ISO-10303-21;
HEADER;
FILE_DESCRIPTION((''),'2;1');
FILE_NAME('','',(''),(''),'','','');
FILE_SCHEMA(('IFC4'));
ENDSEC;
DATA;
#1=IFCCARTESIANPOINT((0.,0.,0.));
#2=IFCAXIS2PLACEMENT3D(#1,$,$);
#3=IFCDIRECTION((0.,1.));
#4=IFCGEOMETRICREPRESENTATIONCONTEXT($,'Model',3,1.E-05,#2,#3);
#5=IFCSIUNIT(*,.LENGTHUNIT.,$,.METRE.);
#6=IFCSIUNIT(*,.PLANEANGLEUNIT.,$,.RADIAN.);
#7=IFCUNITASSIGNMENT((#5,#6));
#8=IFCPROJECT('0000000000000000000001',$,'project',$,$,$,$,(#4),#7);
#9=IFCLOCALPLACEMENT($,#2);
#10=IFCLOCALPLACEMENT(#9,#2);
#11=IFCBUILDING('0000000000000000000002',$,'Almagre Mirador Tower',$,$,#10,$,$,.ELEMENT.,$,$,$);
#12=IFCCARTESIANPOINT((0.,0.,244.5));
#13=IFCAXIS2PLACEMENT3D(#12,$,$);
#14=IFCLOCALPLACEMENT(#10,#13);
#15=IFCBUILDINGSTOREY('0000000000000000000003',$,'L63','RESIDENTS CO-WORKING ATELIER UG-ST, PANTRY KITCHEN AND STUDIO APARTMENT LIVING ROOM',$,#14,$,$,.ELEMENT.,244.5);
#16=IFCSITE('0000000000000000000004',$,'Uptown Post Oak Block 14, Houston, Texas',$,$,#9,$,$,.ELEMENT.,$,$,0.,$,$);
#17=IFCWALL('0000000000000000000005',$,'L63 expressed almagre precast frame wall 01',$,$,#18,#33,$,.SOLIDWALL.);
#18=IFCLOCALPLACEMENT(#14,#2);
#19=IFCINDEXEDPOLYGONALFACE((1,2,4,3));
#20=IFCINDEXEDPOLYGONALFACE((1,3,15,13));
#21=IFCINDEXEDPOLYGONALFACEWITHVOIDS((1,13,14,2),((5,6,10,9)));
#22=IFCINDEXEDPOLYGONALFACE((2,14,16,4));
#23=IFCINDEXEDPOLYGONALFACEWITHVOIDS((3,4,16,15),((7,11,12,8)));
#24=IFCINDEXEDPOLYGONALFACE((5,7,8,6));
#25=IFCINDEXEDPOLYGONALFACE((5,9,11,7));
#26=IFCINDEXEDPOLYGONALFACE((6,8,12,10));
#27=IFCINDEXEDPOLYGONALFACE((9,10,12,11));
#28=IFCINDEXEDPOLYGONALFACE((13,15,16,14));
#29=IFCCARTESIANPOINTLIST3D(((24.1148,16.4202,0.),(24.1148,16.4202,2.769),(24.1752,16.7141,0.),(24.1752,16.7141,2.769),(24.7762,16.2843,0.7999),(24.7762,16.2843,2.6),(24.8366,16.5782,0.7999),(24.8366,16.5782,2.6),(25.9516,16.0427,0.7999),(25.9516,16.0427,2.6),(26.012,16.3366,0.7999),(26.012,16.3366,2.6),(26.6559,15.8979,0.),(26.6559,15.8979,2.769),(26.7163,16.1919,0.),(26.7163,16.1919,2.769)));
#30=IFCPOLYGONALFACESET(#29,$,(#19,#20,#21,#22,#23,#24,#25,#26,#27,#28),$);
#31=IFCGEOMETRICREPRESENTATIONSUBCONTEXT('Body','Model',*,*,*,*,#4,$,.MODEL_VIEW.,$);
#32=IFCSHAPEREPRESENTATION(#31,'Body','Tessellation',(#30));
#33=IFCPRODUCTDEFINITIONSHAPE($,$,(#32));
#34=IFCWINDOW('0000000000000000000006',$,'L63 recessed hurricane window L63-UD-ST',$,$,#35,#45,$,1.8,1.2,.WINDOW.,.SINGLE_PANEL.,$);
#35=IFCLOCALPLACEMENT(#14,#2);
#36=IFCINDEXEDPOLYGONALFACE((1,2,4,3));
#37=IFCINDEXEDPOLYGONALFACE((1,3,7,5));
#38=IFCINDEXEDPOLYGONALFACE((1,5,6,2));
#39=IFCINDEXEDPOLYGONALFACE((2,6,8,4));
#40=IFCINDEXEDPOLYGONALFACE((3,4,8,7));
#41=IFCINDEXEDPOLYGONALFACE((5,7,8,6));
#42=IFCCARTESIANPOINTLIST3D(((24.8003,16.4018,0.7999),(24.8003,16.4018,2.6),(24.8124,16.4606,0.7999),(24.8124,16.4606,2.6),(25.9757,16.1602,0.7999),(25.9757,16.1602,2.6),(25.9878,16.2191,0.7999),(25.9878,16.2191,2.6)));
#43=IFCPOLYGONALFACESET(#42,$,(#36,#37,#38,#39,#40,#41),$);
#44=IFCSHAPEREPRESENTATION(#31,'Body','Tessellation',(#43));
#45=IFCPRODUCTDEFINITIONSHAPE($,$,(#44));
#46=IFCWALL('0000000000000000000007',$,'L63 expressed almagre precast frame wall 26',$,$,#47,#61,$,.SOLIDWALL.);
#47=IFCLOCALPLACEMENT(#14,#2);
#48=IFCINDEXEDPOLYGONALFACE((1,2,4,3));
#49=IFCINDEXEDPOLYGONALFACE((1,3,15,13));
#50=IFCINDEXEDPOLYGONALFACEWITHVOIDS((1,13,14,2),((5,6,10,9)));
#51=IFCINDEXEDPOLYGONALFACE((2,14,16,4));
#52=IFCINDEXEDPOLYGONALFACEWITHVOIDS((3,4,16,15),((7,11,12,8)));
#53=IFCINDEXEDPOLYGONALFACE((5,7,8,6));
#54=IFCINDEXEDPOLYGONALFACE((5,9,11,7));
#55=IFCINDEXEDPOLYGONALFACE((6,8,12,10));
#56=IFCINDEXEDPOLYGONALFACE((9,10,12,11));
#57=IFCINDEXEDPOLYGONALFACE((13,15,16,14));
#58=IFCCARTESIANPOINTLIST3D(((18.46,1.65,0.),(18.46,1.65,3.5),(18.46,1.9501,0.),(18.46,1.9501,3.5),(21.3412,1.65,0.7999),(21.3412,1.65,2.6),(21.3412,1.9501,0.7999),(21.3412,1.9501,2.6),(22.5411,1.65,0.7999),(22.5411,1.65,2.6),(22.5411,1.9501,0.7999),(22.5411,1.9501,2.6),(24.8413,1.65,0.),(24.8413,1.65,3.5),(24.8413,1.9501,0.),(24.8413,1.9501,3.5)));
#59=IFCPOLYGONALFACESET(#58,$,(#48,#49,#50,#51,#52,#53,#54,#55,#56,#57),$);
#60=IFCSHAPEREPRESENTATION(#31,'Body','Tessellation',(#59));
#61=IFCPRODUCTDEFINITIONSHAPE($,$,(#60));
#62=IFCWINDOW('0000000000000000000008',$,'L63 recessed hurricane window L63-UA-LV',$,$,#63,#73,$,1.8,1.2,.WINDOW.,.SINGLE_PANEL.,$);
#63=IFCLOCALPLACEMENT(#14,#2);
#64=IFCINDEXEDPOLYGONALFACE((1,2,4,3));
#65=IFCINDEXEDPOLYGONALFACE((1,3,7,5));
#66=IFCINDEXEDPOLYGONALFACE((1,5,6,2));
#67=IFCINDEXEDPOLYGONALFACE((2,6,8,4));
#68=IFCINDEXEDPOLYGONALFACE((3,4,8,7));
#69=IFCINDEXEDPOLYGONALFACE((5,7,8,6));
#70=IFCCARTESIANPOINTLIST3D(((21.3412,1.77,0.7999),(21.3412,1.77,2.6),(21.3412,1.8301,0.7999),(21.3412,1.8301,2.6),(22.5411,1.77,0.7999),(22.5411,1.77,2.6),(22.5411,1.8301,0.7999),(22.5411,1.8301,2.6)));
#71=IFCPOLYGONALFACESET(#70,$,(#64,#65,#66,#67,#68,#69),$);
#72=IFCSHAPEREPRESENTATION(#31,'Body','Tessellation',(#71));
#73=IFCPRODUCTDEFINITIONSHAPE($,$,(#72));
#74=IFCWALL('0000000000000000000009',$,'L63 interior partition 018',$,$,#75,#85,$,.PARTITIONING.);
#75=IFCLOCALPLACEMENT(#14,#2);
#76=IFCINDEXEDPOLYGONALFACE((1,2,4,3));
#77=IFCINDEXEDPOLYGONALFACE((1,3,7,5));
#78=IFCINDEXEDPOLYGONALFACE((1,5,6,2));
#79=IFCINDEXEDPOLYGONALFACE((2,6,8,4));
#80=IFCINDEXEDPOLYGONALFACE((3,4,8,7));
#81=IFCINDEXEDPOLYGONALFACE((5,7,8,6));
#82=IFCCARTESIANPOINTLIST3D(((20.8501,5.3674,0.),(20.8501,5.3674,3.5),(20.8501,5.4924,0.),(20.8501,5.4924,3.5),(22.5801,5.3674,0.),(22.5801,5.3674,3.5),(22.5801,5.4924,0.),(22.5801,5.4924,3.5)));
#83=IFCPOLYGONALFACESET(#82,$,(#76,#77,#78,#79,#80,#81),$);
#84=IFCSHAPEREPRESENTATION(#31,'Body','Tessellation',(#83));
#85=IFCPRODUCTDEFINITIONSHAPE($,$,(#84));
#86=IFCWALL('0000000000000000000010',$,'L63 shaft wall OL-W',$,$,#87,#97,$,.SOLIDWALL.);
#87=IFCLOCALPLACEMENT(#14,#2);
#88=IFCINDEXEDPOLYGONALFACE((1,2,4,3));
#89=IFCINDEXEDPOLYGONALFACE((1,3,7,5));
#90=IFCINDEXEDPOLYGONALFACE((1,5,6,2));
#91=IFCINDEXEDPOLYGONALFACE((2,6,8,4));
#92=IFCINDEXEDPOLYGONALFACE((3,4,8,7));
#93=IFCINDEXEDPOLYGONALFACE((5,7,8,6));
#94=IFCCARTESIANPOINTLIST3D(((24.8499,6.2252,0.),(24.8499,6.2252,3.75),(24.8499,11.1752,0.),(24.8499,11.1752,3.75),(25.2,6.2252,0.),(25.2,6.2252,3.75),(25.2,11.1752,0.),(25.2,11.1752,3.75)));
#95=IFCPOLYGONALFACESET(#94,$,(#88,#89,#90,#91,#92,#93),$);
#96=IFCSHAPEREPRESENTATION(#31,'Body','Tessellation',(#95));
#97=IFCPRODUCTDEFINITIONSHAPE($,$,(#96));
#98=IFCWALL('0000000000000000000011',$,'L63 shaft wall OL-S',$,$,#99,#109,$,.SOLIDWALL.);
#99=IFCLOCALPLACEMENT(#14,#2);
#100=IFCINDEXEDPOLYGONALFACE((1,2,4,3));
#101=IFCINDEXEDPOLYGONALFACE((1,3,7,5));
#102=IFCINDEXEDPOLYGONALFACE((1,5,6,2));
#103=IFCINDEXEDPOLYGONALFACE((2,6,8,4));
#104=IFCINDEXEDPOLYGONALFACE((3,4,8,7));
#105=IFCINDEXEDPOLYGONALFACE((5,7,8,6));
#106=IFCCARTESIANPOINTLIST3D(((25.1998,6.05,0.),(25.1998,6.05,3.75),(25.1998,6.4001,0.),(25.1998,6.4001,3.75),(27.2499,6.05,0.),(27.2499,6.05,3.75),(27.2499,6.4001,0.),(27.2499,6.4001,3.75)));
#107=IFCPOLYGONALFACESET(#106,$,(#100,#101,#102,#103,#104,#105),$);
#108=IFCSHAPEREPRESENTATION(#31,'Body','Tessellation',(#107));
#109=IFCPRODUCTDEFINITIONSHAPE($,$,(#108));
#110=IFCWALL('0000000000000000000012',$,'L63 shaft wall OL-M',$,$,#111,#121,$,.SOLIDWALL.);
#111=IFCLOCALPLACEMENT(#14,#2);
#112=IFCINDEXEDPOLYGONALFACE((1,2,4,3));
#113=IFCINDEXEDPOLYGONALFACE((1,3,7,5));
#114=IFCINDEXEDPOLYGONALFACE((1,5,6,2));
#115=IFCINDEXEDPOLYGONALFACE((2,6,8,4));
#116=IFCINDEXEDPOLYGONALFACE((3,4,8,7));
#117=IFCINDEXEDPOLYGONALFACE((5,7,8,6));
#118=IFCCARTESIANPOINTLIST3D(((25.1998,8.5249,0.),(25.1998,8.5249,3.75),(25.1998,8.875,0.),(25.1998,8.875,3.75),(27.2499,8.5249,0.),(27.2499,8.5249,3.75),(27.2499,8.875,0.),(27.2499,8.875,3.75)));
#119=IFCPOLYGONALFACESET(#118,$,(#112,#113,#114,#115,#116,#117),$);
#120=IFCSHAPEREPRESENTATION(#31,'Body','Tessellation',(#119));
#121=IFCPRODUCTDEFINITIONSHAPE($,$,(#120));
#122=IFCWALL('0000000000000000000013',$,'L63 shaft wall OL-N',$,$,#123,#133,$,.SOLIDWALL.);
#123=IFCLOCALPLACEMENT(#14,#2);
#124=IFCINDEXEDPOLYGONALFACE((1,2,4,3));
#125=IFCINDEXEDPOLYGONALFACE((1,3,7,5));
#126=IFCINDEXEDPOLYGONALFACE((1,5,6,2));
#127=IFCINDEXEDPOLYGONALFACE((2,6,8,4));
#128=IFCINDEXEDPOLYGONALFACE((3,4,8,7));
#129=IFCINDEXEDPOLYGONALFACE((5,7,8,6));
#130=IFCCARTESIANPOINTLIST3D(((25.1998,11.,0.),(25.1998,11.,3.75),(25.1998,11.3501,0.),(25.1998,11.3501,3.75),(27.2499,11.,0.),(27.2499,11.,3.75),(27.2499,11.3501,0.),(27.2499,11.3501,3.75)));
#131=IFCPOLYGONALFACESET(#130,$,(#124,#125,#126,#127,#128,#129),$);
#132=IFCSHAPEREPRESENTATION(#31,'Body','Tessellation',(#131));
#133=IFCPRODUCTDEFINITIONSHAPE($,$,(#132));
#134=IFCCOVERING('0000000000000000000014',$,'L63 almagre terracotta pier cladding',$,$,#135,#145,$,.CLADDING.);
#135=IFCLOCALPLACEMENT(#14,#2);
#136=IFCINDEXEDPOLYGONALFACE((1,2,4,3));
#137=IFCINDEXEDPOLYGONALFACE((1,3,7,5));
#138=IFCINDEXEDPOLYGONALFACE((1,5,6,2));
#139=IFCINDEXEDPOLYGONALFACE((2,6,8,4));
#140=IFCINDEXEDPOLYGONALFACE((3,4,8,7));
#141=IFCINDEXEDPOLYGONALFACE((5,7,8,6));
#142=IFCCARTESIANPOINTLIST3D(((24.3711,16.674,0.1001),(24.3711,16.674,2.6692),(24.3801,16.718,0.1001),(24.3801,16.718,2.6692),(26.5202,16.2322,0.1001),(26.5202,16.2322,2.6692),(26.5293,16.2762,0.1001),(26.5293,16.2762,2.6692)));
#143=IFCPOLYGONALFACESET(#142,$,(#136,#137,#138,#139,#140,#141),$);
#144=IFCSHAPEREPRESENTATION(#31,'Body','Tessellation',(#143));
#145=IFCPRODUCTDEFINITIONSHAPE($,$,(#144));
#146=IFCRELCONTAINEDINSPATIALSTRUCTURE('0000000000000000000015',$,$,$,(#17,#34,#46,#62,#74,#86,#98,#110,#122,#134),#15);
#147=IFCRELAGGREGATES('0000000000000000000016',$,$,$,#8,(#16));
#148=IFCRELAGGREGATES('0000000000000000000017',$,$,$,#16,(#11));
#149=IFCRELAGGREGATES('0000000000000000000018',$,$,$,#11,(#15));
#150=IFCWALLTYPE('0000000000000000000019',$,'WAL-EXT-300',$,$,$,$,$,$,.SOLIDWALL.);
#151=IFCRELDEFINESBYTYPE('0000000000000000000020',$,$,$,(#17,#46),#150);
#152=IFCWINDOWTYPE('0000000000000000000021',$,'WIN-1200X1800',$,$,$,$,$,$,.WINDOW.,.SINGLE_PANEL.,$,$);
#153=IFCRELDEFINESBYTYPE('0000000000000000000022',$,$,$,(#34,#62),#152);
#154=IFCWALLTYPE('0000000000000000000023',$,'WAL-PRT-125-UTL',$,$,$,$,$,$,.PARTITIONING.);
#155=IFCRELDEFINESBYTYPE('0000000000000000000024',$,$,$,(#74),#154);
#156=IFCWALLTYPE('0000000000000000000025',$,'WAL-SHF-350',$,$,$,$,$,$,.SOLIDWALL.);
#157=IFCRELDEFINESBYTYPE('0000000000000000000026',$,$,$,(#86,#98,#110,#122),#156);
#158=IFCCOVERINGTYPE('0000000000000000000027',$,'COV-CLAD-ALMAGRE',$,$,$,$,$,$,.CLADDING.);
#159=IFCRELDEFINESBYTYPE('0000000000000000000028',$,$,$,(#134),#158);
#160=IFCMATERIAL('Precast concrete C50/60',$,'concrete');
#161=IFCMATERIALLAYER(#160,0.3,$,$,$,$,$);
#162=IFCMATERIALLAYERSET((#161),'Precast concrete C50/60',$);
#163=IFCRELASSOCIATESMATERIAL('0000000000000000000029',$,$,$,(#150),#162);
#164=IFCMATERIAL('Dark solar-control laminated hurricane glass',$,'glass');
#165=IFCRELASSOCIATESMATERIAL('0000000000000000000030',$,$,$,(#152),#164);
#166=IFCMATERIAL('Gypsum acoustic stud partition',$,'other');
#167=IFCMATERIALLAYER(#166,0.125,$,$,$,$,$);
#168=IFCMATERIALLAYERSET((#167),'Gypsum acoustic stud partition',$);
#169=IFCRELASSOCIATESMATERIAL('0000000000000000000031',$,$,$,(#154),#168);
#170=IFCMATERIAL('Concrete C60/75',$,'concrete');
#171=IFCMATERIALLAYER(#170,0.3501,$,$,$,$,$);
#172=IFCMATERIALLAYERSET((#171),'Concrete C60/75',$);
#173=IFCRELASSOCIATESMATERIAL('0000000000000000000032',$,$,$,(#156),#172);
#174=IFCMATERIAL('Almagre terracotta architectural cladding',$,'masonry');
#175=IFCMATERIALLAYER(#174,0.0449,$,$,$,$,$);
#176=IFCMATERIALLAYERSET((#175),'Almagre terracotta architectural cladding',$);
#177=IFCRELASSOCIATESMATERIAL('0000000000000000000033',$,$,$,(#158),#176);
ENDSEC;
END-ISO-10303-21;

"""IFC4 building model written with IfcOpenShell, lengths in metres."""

from ifc_helpers import new_model, si_unit, direction, frame, frame_2d, origin, origin_2d, place, context, subcontext, project, spatial, rectangle, extrude, material, layer, layer_set, type_object, element, fill, save


model = new_model("IFC4")

# Units and contexts
model_context = context("Model", 3, precision=1e-05, world=origin(), true_north=direction((0.0, 1.0)))
body_context = subcontext(model_context, "Body", "Model", "MODEL_VIEW")
ifc_project = project(units=[si_unit("LENGTHUNIT", "METRE"), si_unit("PLANEANGLEUNIT", "RADIAN")], contexts=[model_context])

# Site, building, storey
site_placement = place(None, origin())
site = spatial("IfcSite", under=ifc_project, at=site_placement, Name="Uptown Post Oak Block 14, Houston, Texas", CompositionType="ELEMENT", RefElevation=0.0)
building_placement = place(site_placement, origin())
building = spatial("IfcBuilding", under=site, at=building_placement, Name="Almagre Mirador Tower", CompositionType="ELEMENT")
storey_placement = place(building_placement, frame((0.0, 0.0, 244.5)))
storey = spatial("IfcBuildingStorey", under=building, at=storey_placement, Name="L63", Description="RESIDENTS CO-WORKING ATELIER UG-ST, PANTRY KITCHEN AND STUDIO APARTMENT LIVING ROOM", CompositionType="ELEMENT", Elevation=244.5)

# Walls, openings, windows
ifc_material_1 = material(Name="Precast concrete C50/60", Category="concrete")
ifc_layer_1 = layer(ifc_material_1, 0.3)
ifc_layer_set_1 = layer_set([ifc_layer_1], Name="Precast concrete C50/60")
wall_type_1 = type_object("IfcWallType", Name="WAL-EXT-300", PredefinedType="SOLIDWALL", material=ifc_layer_set_1)
wall_1_placement = place(storey_placement, frame((24.145, 16.5671, 0.0), z_axis=(0.0, 0.0, 1.0), x_axis=(0.979528, -0.201308, 0.0)))
wall_1 = element("IfcWall", 1, at=wall_1_placement, inside=storey, type_object=wall_type_1, Name="L63 expressed almagre precast frame wall 01", PredefinedType="SOLIDWALL", context=body_context, shape_type="SweptSolid", body=[
    extrude(rectangle(XDim=2.5942, YDim=0.3, at=frame_2d((1.2971, 0.0))), origin(), (0.0, 0.0, 1.0), 2.769),
])
opening_1_placement = place(wall_1_placement, frame((0.675, 0.0, 0.8)))
opening_1 = element("IfcOpeningElement", 2, at=opening_1_placement, cuts=wall_1, PredefinedType="OPENING", context=body_context, shape_type="SweptSolid", body=[
    extrude(rectangle(XDim=1.2, YDim=1.8, at=frame_2d((0.6001, 0.8999))), frame((0.0, 0.1599, 0.0), z_axis=(0.0, -1.0, 0.0), x_axis=(1.0, 0.0, 0.0)), (0.0, 0.0, 1.0), 0.32),
])
ifc_material_2 = material(Name="Dark solar-control laminated hurricane glass", Category="glass")
window_type = type_object("IfcWindowType", Name="WIN-1200X1800", PartitioningType="SINGLE_PANEL", PredefinedType="WINDOW", material=ifc_material_2)
window_1_placement = place(opening_1_placement, origin())
window_1 = element("IfcWindow", 3, at=window_1_placement, inside=storey, type_object=window_type, Name="L63 recessed hurricane window L63-UD-ST", OverallHeight=1.8, OverallWidth=1.2, PartitioningType="SINGLE_PANEL", PredefinedType="WINDOW", context=body_context, shape_type="SweptSolid", body=[
    extrude(rectangle(XDim=1.2, YDim=1.8, at=frame_2d((0.6001, 0.8999))), frame((0.0, 0.03, 0.0), z_axis=(0.0, -1.0, 0.0), x_axis=(1.0, 0.0, 0.0)), (0.0, 0.0, 1.0), 0.0601),
])
fill(opening_1, window_1)
wall_2_placement = place(storey_placement, frame((24.8413, 1.8, 0.0), z_axis=(0.0, 0.0, 1.0), x_axis=(-1.0, 0.0, 0.0)))
wall_2 = element("IfcWall", 4, at=wall_2_placement, inside=storey, type_object=wall_type_1, Name="L63 expressed almagre precast frame wall 26", PredefinedType="SOLIDWALL", context=body_context, shape_type="SweptSolid", body=[
    extrude(rectangle(XDim=6.3813, YDim=0.3, at=frame_2d((3.1907, 0.0))), origin(), (0.0, 0.0, 1.0), 3.5),
])
opening_2_placement = place(wall_2_placement, frame((2.3, 0.0, 0.8)))
opening_2 = element("IfcOpeningElement", 5, at=opening_2_placement, cuts=wall_2, PredefinedType="OPENING", context=body_context, shape_type="SweptSolid", body=[
    extrude(rectangle(XDim=1.2, YDim=1.8, at=frame_2d((0.6001, 0.8999))), frame((0.0, 0.1599, 0.0), z_axis=(0.0, -1.0, 0.0), x_axis=(1.0, 0.0, 0.0)), (0.0, 0.0, 1.0), 0.32),
])
window_2_placement = place(opening_2_placement, origin())
window_2 = element("IfcWindow", 6, at=window_2_placement, inside=storey, type_object=window_type, Name="L63 recessed hurricane window L63-UA-LV", OverallHeight=1.8, OverallWidth=1.2, PartitioningType="SINGLE_PANEL", PredefinedType="WINDOW", context=body_context, shape_type="SweptSolid", body=[
    extrude(rectangle(XDim=1.2, YDim=1.8, at=frame_2d((0.6001, 0.8999))), frame((0.0, 0.03, 0.0), z_axis=(0.0, -1.0, 0.0), x_axis=(1.0, 0.0, 0.0)), (0.0, 0.0, 1.0), 0.0601),
])
fill(opening_2, window_2)

# Walls
ifc_material_3 = material(Name="Gypsum acoustic stud partition", Category="other")
ifc_layer_2 = layer(ifc_material_3, 0.125)
ifc_layer_set_2 = layer_set([ifc_layer_2], Name="Gypsum acoustic stud partition")
wall_type_2 = type_object("IfcWallType", Name="WAL-PRT-125-UTL", PredefinedType="PARTITIONING", material=ifc_layer_set_2)
wall_3_placement = place(storey_placement, frame((22.5801, 5.4299, 0.0), z_axis=(0.0, 0.0, 1.0), x_axis=(-1.0, 0.0, 0.0)))
element("IfcWall", 7, at=wall_3_placement, inside=storey, type_object=wall_type_2, Name="L63 interior partition 018", PredefinedType="PARTITIONING", context=body_context, shape_type="SweptSolid", body=[
    extrude(rectangle(XDim=1.73, YDim=0.125, at=frame_2d((0.865, 0.0))), origin(), (0.0, 0.0, 1.0), 3.5),
])
ifc_material_4 = material(Name="Concrete C60/75", Category="concrete")
ifc_layer_3 = layer(ifc_material_4, 0.3501)
ifc_layer_set_3 = layer_set([ifc_layer_3], Name="Concrete C60/75")
wall_type_3 = type_object("IfcWallType", Name="WAL-SHF-350", PredefinedType="SOLIDWALL", material=ifc_layer_set_3)
wall_4_placement = place(storey_placement, frame((25.0249, 6.2251, 0.0), z_axis=(0.0, 0.0, 1.0), x_axis=(0.0, 1.0, 0.0)))
element("IfcWall", 8, at=wall_4_placement, inside=storey, type_object=wall_type_3, Name="L63 shaft wall OL-W", PredefinedType="SOLIDWALL", context=body_context, shape_type="SweptSolid", body=[
    extrude(rectangle(XDim=4.95, YDim=0.3501, at=frame_2d((2.4751, 0.0))), origin(), (0.0, 0.0, 1.0), 3.75),
])
for number, where, z_axis, x_axis, name in (
    (9, (25.2, 6.2251, 0.0), (0.0, 0.0, 1.0), (1.0, 0.0, 0.0), "L63 shaft wall OL-S"),
    (10, (25.2, 8.7, 0.0), (0.0, 0.0, 1.0), (1.0, 0.0, 0.0), "L63 shaft wall OL-M"),
    (11, (25.2, 11.175, 0.0), (0.0, 0.0, 1.0), (1.0, 0.0, 0.0), "L63 shaft wall OL-N"),
):
    element("IfcWall", number, at=place(storey_placement, frame(where, z_axis=z_axis, x_axis=x_axis)), inside=storey, type_object=wall_type_3, Name=name, PredefinedType="SOLIDWALL", context=body_context, shape_type="SweptSolid", body=[
        extrude(rectangle(XDim=2.05, YDim=0.3501, at=frame_2d((1.0249, 0.0))), origin(), (0.0, 0.0, 1.0), 3.75),
    ])

# Covering
ifc_material_5 = material(Name="Almagre terracotta architectural cladding", Category="masonry")
ifc_layer_4 = layer(ifc_material_5, 0.0449)
ifc_layer_set_4 = layer_set([ifc_layer_4], Name="Almagre terracotta architectural cladding")
covering_type = type_object("IfcCoveringType", Name="COV-CLAD-ALMAGRE", PredefinedType="CLADDING", material=ifc_layer_set_4)
covering_placement = place(storey_placement, frame((25.4502, 16.4751, 0.1001), z_axis=(0.0, 0.0, 1.0), x_axis=(0.979516, -0.201369, 0.0)))
element("IfcCovering", 12, at=covering_placement, inside=storey, type_object=covering_type, Name="L63 almagre terracotta pier cladding", PredefinedType="CLADDING", context=body_context, shape_type="SweptSolid", body=[
    extrude(rectangle(XDim=2.1941, YDim=0.0449, at=origin_2d()), origin(), (0.0, 0.0, 1.0), 2.5691),
])

save(model, "model.ifc")
